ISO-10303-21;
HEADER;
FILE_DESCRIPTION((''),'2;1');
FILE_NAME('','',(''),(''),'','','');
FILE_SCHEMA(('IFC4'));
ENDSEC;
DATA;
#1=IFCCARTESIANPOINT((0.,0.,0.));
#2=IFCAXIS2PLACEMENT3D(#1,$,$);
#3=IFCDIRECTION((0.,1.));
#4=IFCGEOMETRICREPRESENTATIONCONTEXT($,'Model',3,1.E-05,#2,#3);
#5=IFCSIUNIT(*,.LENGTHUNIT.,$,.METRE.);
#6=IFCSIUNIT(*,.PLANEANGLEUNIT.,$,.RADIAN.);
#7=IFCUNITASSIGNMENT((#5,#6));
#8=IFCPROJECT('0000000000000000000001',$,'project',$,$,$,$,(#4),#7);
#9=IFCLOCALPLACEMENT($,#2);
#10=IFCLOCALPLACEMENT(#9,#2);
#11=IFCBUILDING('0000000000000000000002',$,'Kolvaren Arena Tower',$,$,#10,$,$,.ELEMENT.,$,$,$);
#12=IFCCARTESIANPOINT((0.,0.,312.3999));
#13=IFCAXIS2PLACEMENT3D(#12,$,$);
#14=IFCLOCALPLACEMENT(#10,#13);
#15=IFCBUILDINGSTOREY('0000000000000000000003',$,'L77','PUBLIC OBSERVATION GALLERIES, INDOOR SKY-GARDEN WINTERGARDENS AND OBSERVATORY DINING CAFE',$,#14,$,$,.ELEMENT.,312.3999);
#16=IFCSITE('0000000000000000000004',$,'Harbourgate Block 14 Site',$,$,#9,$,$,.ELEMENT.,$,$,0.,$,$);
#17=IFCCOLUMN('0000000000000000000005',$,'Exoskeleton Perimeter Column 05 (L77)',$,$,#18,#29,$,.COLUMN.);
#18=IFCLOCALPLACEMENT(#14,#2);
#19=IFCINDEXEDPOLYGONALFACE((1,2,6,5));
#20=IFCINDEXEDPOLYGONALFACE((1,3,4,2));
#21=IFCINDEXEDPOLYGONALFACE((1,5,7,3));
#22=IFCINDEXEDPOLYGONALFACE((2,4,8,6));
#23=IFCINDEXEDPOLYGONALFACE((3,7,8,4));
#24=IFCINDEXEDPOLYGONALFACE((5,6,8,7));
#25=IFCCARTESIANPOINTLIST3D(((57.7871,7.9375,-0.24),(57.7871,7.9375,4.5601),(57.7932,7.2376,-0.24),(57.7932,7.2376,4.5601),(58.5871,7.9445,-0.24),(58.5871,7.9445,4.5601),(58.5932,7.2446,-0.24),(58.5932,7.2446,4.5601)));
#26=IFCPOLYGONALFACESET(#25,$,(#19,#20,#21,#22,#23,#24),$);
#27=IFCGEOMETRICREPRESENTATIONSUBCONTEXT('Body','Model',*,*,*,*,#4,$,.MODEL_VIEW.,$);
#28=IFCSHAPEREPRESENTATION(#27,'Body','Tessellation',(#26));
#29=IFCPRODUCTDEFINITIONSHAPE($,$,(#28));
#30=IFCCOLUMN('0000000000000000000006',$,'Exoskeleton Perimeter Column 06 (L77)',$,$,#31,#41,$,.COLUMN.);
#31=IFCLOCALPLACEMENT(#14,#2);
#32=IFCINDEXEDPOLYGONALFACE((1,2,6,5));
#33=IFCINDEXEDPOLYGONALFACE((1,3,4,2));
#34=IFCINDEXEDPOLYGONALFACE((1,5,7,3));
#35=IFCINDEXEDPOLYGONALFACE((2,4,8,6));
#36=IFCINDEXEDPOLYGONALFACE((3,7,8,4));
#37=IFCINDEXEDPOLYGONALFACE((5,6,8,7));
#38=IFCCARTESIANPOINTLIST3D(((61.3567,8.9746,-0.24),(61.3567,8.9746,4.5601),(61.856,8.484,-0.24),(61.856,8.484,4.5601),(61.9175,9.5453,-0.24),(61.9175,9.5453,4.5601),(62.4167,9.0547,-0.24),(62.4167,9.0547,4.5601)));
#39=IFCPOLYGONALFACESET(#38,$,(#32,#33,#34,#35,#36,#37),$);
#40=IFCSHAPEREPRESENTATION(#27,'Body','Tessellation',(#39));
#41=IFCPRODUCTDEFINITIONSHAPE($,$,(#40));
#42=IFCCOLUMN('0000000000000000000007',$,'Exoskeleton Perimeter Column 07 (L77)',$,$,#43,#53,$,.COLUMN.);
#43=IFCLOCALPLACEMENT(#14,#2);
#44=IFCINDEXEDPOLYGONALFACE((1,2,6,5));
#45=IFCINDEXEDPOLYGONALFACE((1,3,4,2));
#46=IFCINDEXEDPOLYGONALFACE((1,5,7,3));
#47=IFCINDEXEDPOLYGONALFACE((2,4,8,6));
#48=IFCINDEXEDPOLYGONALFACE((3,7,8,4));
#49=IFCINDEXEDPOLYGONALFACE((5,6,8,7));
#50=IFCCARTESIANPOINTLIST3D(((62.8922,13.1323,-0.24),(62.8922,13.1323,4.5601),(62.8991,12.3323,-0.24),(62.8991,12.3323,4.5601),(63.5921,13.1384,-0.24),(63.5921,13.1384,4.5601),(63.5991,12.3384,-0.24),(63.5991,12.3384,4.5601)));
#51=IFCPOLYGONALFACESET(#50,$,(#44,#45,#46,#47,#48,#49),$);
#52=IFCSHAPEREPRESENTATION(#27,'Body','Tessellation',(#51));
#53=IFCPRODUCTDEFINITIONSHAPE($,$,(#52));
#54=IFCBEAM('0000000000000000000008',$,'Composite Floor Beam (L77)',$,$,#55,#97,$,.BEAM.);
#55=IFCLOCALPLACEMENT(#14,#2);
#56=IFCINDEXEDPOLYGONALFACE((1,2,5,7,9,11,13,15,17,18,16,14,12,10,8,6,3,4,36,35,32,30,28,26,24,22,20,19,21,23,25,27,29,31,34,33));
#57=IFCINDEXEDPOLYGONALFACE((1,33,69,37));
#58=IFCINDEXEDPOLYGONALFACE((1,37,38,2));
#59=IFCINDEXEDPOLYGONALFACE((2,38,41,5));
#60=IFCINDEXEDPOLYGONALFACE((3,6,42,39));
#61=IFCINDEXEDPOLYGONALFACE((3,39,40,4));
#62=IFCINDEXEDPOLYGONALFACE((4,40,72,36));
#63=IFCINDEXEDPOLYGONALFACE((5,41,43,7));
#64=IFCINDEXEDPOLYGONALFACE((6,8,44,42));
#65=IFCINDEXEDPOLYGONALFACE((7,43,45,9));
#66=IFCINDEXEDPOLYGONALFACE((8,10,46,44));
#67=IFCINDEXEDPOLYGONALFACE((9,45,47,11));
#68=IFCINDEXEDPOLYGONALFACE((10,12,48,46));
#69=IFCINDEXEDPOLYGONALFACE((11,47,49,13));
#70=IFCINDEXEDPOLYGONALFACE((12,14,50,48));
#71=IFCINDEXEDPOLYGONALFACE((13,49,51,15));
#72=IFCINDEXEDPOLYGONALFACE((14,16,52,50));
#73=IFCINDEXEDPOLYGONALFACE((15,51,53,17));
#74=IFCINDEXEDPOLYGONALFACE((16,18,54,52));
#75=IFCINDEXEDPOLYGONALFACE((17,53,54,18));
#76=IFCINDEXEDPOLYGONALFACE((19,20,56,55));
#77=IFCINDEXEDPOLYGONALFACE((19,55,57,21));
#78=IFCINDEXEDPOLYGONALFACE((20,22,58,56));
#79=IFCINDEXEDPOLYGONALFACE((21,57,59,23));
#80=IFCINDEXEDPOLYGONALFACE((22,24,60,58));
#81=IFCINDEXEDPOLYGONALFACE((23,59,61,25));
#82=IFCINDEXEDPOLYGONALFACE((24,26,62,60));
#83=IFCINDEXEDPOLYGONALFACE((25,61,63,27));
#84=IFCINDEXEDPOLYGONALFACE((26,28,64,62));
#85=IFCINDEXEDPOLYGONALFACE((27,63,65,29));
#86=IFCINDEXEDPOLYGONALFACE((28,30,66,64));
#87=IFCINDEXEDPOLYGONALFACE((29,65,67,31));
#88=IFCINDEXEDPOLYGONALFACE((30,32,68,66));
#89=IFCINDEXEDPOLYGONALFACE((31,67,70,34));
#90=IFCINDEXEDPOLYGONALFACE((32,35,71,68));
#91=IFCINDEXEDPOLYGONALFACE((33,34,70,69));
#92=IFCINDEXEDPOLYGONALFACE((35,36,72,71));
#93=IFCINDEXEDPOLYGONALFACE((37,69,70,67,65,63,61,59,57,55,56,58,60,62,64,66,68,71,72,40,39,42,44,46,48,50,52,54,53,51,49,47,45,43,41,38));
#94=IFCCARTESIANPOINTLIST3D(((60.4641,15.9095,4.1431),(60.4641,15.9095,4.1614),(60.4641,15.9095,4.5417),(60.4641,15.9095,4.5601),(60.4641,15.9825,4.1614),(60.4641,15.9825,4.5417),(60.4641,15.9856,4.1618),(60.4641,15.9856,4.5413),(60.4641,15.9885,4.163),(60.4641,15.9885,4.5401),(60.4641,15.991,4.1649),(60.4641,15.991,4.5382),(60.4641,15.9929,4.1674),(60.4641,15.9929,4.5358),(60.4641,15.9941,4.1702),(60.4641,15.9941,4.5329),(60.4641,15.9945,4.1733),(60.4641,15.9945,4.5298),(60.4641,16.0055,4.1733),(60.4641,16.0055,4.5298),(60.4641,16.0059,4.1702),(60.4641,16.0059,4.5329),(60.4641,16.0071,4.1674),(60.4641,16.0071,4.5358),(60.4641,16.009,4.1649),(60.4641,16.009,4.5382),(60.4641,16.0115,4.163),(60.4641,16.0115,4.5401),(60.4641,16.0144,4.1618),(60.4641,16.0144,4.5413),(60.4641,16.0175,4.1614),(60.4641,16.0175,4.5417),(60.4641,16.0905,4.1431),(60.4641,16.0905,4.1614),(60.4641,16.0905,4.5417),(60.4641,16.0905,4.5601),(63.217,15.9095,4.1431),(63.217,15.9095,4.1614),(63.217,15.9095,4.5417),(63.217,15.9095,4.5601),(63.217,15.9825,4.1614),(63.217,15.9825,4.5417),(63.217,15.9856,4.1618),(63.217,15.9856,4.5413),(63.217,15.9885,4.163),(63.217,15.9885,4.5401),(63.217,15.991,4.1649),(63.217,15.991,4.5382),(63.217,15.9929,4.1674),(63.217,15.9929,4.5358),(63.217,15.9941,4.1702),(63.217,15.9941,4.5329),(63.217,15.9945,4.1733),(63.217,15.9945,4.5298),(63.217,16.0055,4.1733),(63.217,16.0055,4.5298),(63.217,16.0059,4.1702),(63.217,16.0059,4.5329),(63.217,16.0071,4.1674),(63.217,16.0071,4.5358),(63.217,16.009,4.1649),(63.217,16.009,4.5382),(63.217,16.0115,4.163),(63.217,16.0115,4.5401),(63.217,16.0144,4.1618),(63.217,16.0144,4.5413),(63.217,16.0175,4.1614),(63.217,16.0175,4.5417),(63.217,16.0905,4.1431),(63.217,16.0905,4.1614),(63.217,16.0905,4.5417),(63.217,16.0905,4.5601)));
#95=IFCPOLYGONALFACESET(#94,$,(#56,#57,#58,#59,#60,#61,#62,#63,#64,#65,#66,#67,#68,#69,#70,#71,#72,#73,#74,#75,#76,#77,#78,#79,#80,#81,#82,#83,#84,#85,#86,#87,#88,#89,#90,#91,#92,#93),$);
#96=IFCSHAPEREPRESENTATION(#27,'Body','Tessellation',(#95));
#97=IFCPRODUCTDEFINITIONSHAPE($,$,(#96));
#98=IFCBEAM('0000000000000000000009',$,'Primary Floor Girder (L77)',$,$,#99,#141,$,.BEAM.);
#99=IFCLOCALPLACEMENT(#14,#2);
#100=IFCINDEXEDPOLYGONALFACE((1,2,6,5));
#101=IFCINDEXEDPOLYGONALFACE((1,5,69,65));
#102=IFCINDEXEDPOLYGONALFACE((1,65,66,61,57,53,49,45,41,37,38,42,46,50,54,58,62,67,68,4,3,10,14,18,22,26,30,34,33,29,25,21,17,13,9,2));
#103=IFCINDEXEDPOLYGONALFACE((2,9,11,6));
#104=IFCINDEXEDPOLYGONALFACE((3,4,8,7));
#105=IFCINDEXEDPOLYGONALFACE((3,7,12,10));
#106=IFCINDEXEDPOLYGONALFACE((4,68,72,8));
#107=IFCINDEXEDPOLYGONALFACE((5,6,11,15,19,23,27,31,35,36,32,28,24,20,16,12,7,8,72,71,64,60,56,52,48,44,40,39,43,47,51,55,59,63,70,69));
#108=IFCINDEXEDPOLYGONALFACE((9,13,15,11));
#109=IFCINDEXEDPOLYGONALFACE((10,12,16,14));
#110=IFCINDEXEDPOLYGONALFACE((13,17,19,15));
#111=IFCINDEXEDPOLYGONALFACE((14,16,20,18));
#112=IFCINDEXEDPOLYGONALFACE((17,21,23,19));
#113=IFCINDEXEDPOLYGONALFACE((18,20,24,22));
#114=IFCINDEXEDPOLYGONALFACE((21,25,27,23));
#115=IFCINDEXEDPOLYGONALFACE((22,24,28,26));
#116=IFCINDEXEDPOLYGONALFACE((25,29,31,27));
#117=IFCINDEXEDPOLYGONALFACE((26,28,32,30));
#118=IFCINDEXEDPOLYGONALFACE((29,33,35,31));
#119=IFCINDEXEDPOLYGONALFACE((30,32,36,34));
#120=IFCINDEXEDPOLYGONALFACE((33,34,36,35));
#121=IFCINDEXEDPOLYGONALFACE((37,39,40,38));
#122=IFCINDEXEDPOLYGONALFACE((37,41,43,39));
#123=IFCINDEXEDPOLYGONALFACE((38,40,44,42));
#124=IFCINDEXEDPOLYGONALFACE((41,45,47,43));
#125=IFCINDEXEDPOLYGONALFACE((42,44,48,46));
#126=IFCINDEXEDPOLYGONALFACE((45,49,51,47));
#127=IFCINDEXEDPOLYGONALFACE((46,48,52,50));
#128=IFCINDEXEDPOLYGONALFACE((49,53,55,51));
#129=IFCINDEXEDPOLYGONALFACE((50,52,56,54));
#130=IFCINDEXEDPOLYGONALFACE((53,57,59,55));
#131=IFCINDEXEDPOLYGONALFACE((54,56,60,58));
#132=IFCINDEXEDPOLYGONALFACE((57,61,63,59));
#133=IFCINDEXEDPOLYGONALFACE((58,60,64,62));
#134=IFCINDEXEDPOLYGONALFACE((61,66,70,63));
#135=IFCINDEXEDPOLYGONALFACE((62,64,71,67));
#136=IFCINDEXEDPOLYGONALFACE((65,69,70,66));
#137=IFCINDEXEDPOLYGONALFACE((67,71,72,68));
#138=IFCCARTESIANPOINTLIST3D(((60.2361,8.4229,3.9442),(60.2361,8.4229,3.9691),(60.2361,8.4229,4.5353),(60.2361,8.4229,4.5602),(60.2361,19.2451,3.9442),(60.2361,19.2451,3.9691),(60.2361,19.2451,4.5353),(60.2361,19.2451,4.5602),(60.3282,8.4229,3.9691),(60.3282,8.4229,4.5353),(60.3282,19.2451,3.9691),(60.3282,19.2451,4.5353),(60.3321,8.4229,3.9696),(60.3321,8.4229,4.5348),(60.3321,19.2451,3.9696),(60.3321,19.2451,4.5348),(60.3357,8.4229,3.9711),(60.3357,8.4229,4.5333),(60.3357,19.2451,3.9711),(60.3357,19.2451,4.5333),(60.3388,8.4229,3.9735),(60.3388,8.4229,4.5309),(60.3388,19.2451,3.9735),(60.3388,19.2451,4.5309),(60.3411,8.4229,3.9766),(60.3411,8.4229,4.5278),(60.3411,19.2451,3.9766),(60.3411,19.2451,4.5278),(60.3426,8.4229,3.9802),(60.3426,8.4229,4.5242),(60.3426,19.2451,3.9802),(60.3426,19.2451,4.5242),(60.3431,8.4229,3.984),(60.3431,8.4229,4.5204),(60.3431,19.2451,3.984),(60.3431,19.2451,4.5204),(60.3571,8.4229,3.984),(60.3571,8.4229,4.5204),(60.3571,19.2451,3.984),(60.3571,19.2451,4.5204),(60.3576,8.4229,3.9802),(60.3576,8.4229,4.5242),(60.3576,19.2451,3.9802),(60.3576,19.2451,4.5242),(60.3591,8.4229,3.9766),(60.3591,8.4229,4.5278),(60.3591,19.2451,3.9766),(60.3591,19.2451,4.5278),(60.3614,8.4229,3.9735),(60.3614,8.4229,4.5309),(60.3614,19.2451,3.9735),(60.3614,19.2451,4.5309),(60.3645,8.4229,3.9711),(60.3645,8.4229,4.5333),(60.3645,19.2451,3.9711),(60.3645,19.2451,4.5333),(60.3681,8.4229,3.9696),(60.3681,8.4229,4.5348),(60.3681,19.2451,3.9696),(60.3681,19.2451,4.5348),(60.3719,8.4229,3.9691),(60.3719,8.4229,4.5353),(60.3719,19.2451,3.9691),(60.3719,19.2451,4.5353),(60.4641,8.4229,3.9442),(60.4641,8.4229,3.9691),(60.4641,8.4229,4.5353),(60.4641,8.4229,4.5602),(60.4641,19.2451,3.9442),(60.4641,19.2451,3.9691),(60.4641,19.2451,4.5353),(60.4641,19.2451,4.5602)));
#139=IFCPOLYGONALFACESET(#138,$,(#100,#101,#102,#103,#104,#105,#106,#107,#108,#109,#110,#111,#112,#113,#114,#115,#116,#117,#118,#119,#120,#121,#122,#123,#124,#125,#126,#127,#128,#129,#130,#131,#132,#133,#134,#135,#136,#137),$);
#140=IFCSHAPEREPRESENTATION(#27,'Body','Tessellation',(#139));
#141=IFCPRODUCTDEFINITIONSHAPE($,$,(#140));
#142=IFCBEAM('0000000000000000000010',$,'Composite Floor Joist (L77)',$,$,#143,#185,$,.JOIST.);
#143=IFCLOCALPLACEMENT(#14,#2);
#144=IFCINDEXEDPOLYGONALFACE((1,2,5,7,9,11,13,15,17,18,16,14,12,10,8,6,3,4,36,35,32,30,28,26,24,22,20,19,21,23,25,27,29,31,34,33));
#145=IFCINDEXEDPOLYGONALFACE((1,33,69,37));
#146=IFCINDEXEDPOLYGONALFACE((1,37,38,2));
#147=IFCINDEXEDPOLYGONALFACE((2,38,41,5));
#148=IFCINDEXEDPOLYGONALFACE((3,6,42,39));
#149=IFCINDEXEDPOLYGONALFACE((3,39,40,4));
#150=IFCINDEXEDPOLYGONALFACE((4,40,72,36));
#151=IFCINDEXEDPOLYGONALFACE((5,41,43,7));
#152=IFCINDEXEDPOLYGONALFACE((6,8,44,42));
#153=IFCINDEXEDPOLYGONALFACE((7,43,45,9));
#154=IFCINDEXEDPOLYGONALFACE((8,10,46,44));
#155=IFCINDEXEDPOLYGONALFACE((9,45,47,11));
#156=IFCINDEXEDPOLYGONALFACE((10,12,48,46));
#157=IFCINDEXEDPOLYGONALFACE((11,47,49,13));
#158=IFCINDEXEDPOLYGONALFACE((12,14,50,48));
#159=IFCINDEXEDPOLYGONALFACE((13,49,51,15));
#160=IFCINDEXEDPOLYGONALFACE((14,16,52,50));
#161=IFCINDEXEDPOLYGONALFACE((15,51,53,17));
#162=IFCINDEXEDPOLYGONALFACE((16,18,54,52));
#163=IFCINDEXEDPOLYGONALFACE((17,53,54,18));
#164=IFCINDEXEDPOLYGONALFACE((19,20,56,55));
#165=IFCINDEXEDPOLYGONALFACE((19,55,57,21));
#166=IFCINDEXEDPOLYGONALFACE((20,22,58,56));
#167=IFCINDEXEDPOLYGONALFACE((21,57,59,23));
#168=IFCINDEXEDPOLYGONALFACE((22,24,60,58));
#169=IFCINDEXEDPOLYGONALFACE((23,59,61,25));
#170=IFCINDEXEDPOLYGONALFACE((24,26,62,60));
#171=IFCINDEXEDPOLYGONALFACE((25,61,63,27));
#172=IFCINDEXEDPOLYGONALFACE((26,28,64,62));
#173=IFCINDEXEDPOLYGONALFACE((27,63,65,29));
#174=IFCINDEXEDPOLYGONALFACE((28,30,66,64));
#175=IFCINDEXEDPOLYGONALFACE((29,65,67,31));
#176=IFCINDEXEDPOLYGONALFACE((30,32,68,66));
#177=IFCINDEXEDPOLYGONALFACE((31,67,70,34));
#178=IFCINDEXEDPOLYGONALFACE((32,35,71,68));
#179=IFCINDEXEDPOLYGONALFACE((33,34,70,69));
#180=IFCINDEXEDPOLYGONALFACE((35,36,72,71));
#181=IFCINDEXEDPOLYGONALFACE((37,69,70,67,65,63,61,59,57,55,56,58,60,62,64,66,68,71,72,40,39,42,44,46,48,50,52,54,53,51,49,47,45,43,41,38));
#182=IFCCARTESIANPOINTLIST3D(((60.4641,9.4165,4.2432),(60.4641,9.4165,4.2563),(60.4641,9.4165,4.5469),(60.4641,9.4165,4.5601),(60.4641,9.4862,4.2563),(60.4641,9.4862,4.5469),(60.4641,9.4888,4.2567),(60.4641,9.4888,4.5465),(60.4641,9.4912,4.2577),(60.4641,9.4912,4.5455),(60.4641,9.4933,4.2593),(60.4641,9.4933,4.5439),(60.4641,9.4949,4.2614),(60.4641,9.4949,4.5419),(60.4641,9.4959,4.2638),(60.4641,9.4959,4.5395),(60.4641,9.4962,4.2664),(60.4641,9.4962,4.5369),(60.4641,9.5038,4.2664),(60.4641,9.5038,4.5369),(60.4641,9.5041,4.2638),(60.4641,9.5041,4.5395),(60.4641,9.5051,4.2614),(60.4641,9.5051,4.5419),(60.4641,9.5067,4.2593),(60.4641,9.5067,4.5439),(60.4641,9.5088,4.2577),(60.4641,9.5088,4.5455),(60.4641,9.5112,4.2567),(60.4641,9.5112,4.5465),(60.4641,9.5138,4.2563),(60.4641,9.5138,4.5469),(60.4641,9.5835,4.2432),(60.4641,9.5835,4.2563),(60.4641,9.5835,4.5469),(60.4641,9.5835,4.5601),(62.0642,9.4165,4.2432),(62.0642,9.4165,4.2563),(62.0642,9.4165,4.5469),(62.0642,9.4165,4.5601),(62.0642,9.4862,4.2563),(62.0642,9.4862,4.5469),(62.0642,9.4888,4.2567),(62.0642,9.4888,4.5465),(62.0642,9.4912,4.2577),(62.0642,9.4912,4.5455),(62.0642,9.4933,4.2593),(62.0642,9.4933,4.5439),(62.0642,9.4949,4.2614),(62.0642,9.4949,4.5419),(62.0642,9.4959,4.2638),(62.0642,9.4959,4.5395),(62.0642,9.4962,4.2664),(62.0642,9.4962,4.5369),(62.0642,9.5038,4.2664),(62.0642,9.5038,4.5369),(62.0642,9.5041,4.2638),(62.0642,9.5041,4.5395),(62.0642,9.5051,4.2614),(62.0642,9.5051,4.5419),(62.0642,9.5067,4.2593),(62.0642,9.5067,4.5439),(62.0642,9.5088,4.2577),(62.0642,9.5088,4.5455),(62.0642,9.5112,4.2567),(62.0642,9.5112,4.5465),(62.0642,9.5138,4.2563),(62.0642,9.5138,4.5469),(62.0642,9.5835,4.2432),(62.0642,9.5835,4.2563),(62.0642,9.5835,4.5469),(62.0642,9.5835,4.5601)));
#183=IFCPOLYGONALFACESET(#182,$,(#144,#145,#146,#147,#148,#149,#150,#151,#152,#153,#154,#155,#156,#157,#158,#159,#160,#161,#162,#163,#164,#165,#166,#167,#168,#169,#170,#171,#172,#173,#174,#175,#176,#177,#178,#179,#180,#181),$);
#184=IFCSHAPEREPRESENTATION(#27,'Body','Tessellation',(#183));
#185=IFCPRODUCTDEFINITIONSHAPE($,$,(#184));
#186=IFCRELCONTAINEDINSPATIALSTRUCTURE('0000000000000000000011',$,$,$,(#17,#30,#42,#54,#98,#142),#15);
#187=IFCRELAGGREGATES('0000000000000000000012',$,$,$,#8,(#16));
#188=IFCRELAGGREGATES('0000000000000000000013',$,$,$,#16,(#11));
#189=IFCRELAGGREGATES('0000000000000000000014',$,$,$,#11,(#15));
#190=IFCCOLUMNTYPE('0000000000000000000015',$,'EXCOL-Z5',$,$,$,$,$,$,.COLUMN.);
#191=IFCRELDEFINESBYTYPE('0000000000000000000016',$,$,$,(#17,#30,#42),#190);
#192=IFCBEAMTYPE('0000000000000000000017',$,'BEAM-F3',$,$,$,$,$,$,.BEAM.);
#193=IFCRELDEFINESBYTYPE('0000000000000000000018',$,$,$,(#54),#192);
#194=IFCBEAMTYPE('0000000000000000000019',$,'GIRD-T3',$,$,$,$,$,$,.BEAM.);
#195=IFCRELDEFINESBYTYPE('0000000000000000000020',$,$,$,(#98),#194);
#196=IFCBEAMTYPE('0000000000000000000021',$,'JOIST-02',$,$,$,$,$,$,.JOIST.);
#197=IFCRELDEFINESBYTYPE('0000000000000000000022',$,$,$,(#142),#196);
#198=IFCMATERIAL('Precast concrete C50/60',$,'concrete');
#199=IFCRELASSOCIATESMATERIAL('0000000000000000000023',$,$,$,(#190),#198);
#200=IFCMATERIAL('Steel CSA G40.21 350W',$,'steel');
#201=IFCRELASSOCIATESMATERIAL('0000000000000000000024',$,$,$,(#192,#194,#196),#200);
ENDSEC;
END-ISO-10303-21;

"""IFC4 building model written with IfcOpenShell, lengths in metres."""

from ifc_helpers import new_model, si_unit, direction, frame, origin, origin_2d, place, context, subcontext, project, spatial, rectangle, i_section, extrude, material, material_profile, profile_set, type_object, element, save


model = new_model("IFC4")

# Units and contexts
model_context = context("Model", 3, precision=1e-05, world=origin(), true_north=direction((0.0, 1.0)))
body_context = subcontext(model_context, "Body", "Model", "MODEL_VIEW")
ifc_project = project(units=[si_unit("LENGTHUNIT", "METRE"), si_unit("PLANEANGLEUNIT", "RADIAN")], contexts=[model_context])

# Site, building, storey
site_placement = place(None, origin())
site = spatial("IfcSite", under=ifc_project, at=site_placement, Name="Harbourgate Block 14 Site", CompositionType="ELEMENT", RefElevation=0.0)
building_placement = place(site_placement, origin())
building = spatial("IfcBuilding", under=site, at=building_placement, Name="Kolvaren Arena Tower", CompositionType="ELEMENT")
storey_placement = place(building_placement, frame((0.0, 0.0, 312.3999)))
storey = spatial("IfcBuildingStorey", under=building, at=storey_placement, Name="L77", Description="PUBLIC OBSERVATION GALLERIES, INDOOR SKY-GARDEN WINTERGARDENS AND OBSERVATORY DINING CAFE", CompositionType="ELEMENT", Elevation=312.3999)

# Columns
ifc_material_1 = material(Name="Precast concrete C50/60", Category="concrete")
ifc_material_profile_1 = material_profile(ifc_material_1, rectangle(XDim=0.8, YDim=0.7, at=origin_2d()), Name="RC-800x700")
ifc_profile_set_1 = profile_set([ifc_material_profile_1], Name="Precast concrete C50/60")
column_type = type_object("IfcColumnType", Name="EXCOL-Z5", PredefinedType="COLUMN", material=ifc_profile_set_1)
for number, where, z_axis, x_axis, name in (
    (1, (58.1902, 7.5911, -0.24), (0.0, 0.0, 1.0), (0.999962, 0.008727, 0.0), "Exoskeleton Perimeter Column 05 (L77)"),
    (2, (61.8867, 9.0146, -0.24), (0.0, 0.0, 1.0), (0.700909, 0.71325, 0.0), "Exoskeleton Perimeter Column 06 (L77)"),
    (3, (63.2456, 12.7354, -0.24), (0.0, 0.0, 1.0), (-0.008727, 0.999962, 0.0), "Exoskeleton Perimeter Column 07 (L77)"),
):
    element("IfcColumn", number, at=place(storey_placement, frame(where, z_axis=z_axis, x_axis=x_axis)), inside=storey, type_object=column_type, Name=name, PredefinedType="COLUMN", context=body_context, shape_type="SweptSolid", body=[
        extrude(rectangle(XDim=0.8, YDim=0.7, at=origin_2d()), origin(), (0.0, 0.0, 1.0), 4.8),
    ])

# Beams
ifc_material_2 = material(Name="Steel CSA G40.21 350W", Category="steel")
ifc_material_profile_2 = material_profile(ifc_material_2, i_section(OverallWidth=0.1809, OverallDepth=0.417, WebThickness=0.011, FlangeThickness=0.0183, FilletRadius=0.012, at=origin_2d()), Name="W410x85")
ifc_profile_set_2 = profile_set([ifc_material_profile_2], Name="Steel CSA G40.21 350W")
beam_type_1 = type_object("IfcBeamType", Name="BEAM-F3", PredefinedType="BEAM", material=ifc_profile_set_2)
beam_1_placement = place(storey_placement, frame((60.4641, 16.0, 4.3516), z_axis=(1.0, 0.0, 0.0), x_axis=(0.0, 1.0, 0.0)))
element("IfcBeam", 4, at=beam_1_placement, inside=storey, type_object=beam_type_1, Name="Composite Floor Beam (L77)", PredefinedType="BEAM", context=body_context, shape_type="SweptSolid", body=[
    extrude(i_section(OverallWidth=0.1809, OverallDepth=0.417, WebThickness=0.011, FlangeThickness=0.0183, FilletRadius=0.012, at=origin_2d()), origin(), (0.0, 0.0, 1.0), 2.7529),
])
ifc_material_profile_3 = material_profile(ifc_material_2, i_section(OverallWidth=0.228, OverallDepth=0.616, WebThickness=0.0139, FlangeThickness=0.0249, FilletRadius=0.0149, at=origin_2d()), Name="W610x174")
ifc_profile_set_3 = profile_set([ifc_material_profile_3], Name="Steel CSA G40.21 350W")
beam_type_2 = type_object("IfcBeamType", Name="GIRD-T3", PredefinedType="BEAM", material=ifc_profile_set_3)
beam_2_placement = place(storey_placement, frame((60.3501, 8.4229, 4.2522), z_axis=(0.0, 1.0, 0.0), x_axis=(-1.0, 0.0, 0.0)))
element("IfcBeam", 5, at=beam_2_placement, inside=storey, type_object=beam_type_2, Name="Primary Floor Girder (L77)", PredefinedType="BEAM", context=body_context, shape_type="SweptSolid", body=[
    extrude(i_section(OverallWidth=0.228, OverallDepth=0.616, WebThickness=0.0139, FlangeThickness=0.0249, FilletRadius=0.0149, at=origin_2d()), origin(), (0.0, 0.0, 1.0), 10.8223),
])
ifc_material_profile_4 = material_profile(ifc_material_2, i_section(OverallWidth=0.167, OverallDepth=0.3169, WebThickness=0.0076, FlangeThickness=0.0132, FilletRadius=0.01, at=origin_2d()), Name="W310x52")
ifc_profile_set_4 = profile_set([ifc_material_profile_4], Name="Steel CSA G40.21 350W")
beam_type_3 = type_object("IfcBeamType", Name="JOIST-02", PredefinedType="JOIST", material=ifc_profile_set_4)
beam_3_placement = place(storey_placement, frame((60.4641, 9.5, 4.4016), z_axis=(1.0, 0.0, 0.0), x_axis=(0.0, 1.0, 0.0)))
element("IfcBeam", 6, at=beam_3_placement, inside=storey, type_object=beam_type_3, Name="Composite Floor Joist (L77)", PredefinedType="JOIST", context=body_context, shape_type="SweptSolid", body=[
    extrude(i_section(OverallWidth=0.167, OverallDepth=0.3169, WebThickness=0.0076, FlangeThickness=0.0132, FilletRadius=0.01, at=origin_2d()), origin(), (0.0, 0.0, 1.0), 1.6001),
])

save(model, "model.ifc")
